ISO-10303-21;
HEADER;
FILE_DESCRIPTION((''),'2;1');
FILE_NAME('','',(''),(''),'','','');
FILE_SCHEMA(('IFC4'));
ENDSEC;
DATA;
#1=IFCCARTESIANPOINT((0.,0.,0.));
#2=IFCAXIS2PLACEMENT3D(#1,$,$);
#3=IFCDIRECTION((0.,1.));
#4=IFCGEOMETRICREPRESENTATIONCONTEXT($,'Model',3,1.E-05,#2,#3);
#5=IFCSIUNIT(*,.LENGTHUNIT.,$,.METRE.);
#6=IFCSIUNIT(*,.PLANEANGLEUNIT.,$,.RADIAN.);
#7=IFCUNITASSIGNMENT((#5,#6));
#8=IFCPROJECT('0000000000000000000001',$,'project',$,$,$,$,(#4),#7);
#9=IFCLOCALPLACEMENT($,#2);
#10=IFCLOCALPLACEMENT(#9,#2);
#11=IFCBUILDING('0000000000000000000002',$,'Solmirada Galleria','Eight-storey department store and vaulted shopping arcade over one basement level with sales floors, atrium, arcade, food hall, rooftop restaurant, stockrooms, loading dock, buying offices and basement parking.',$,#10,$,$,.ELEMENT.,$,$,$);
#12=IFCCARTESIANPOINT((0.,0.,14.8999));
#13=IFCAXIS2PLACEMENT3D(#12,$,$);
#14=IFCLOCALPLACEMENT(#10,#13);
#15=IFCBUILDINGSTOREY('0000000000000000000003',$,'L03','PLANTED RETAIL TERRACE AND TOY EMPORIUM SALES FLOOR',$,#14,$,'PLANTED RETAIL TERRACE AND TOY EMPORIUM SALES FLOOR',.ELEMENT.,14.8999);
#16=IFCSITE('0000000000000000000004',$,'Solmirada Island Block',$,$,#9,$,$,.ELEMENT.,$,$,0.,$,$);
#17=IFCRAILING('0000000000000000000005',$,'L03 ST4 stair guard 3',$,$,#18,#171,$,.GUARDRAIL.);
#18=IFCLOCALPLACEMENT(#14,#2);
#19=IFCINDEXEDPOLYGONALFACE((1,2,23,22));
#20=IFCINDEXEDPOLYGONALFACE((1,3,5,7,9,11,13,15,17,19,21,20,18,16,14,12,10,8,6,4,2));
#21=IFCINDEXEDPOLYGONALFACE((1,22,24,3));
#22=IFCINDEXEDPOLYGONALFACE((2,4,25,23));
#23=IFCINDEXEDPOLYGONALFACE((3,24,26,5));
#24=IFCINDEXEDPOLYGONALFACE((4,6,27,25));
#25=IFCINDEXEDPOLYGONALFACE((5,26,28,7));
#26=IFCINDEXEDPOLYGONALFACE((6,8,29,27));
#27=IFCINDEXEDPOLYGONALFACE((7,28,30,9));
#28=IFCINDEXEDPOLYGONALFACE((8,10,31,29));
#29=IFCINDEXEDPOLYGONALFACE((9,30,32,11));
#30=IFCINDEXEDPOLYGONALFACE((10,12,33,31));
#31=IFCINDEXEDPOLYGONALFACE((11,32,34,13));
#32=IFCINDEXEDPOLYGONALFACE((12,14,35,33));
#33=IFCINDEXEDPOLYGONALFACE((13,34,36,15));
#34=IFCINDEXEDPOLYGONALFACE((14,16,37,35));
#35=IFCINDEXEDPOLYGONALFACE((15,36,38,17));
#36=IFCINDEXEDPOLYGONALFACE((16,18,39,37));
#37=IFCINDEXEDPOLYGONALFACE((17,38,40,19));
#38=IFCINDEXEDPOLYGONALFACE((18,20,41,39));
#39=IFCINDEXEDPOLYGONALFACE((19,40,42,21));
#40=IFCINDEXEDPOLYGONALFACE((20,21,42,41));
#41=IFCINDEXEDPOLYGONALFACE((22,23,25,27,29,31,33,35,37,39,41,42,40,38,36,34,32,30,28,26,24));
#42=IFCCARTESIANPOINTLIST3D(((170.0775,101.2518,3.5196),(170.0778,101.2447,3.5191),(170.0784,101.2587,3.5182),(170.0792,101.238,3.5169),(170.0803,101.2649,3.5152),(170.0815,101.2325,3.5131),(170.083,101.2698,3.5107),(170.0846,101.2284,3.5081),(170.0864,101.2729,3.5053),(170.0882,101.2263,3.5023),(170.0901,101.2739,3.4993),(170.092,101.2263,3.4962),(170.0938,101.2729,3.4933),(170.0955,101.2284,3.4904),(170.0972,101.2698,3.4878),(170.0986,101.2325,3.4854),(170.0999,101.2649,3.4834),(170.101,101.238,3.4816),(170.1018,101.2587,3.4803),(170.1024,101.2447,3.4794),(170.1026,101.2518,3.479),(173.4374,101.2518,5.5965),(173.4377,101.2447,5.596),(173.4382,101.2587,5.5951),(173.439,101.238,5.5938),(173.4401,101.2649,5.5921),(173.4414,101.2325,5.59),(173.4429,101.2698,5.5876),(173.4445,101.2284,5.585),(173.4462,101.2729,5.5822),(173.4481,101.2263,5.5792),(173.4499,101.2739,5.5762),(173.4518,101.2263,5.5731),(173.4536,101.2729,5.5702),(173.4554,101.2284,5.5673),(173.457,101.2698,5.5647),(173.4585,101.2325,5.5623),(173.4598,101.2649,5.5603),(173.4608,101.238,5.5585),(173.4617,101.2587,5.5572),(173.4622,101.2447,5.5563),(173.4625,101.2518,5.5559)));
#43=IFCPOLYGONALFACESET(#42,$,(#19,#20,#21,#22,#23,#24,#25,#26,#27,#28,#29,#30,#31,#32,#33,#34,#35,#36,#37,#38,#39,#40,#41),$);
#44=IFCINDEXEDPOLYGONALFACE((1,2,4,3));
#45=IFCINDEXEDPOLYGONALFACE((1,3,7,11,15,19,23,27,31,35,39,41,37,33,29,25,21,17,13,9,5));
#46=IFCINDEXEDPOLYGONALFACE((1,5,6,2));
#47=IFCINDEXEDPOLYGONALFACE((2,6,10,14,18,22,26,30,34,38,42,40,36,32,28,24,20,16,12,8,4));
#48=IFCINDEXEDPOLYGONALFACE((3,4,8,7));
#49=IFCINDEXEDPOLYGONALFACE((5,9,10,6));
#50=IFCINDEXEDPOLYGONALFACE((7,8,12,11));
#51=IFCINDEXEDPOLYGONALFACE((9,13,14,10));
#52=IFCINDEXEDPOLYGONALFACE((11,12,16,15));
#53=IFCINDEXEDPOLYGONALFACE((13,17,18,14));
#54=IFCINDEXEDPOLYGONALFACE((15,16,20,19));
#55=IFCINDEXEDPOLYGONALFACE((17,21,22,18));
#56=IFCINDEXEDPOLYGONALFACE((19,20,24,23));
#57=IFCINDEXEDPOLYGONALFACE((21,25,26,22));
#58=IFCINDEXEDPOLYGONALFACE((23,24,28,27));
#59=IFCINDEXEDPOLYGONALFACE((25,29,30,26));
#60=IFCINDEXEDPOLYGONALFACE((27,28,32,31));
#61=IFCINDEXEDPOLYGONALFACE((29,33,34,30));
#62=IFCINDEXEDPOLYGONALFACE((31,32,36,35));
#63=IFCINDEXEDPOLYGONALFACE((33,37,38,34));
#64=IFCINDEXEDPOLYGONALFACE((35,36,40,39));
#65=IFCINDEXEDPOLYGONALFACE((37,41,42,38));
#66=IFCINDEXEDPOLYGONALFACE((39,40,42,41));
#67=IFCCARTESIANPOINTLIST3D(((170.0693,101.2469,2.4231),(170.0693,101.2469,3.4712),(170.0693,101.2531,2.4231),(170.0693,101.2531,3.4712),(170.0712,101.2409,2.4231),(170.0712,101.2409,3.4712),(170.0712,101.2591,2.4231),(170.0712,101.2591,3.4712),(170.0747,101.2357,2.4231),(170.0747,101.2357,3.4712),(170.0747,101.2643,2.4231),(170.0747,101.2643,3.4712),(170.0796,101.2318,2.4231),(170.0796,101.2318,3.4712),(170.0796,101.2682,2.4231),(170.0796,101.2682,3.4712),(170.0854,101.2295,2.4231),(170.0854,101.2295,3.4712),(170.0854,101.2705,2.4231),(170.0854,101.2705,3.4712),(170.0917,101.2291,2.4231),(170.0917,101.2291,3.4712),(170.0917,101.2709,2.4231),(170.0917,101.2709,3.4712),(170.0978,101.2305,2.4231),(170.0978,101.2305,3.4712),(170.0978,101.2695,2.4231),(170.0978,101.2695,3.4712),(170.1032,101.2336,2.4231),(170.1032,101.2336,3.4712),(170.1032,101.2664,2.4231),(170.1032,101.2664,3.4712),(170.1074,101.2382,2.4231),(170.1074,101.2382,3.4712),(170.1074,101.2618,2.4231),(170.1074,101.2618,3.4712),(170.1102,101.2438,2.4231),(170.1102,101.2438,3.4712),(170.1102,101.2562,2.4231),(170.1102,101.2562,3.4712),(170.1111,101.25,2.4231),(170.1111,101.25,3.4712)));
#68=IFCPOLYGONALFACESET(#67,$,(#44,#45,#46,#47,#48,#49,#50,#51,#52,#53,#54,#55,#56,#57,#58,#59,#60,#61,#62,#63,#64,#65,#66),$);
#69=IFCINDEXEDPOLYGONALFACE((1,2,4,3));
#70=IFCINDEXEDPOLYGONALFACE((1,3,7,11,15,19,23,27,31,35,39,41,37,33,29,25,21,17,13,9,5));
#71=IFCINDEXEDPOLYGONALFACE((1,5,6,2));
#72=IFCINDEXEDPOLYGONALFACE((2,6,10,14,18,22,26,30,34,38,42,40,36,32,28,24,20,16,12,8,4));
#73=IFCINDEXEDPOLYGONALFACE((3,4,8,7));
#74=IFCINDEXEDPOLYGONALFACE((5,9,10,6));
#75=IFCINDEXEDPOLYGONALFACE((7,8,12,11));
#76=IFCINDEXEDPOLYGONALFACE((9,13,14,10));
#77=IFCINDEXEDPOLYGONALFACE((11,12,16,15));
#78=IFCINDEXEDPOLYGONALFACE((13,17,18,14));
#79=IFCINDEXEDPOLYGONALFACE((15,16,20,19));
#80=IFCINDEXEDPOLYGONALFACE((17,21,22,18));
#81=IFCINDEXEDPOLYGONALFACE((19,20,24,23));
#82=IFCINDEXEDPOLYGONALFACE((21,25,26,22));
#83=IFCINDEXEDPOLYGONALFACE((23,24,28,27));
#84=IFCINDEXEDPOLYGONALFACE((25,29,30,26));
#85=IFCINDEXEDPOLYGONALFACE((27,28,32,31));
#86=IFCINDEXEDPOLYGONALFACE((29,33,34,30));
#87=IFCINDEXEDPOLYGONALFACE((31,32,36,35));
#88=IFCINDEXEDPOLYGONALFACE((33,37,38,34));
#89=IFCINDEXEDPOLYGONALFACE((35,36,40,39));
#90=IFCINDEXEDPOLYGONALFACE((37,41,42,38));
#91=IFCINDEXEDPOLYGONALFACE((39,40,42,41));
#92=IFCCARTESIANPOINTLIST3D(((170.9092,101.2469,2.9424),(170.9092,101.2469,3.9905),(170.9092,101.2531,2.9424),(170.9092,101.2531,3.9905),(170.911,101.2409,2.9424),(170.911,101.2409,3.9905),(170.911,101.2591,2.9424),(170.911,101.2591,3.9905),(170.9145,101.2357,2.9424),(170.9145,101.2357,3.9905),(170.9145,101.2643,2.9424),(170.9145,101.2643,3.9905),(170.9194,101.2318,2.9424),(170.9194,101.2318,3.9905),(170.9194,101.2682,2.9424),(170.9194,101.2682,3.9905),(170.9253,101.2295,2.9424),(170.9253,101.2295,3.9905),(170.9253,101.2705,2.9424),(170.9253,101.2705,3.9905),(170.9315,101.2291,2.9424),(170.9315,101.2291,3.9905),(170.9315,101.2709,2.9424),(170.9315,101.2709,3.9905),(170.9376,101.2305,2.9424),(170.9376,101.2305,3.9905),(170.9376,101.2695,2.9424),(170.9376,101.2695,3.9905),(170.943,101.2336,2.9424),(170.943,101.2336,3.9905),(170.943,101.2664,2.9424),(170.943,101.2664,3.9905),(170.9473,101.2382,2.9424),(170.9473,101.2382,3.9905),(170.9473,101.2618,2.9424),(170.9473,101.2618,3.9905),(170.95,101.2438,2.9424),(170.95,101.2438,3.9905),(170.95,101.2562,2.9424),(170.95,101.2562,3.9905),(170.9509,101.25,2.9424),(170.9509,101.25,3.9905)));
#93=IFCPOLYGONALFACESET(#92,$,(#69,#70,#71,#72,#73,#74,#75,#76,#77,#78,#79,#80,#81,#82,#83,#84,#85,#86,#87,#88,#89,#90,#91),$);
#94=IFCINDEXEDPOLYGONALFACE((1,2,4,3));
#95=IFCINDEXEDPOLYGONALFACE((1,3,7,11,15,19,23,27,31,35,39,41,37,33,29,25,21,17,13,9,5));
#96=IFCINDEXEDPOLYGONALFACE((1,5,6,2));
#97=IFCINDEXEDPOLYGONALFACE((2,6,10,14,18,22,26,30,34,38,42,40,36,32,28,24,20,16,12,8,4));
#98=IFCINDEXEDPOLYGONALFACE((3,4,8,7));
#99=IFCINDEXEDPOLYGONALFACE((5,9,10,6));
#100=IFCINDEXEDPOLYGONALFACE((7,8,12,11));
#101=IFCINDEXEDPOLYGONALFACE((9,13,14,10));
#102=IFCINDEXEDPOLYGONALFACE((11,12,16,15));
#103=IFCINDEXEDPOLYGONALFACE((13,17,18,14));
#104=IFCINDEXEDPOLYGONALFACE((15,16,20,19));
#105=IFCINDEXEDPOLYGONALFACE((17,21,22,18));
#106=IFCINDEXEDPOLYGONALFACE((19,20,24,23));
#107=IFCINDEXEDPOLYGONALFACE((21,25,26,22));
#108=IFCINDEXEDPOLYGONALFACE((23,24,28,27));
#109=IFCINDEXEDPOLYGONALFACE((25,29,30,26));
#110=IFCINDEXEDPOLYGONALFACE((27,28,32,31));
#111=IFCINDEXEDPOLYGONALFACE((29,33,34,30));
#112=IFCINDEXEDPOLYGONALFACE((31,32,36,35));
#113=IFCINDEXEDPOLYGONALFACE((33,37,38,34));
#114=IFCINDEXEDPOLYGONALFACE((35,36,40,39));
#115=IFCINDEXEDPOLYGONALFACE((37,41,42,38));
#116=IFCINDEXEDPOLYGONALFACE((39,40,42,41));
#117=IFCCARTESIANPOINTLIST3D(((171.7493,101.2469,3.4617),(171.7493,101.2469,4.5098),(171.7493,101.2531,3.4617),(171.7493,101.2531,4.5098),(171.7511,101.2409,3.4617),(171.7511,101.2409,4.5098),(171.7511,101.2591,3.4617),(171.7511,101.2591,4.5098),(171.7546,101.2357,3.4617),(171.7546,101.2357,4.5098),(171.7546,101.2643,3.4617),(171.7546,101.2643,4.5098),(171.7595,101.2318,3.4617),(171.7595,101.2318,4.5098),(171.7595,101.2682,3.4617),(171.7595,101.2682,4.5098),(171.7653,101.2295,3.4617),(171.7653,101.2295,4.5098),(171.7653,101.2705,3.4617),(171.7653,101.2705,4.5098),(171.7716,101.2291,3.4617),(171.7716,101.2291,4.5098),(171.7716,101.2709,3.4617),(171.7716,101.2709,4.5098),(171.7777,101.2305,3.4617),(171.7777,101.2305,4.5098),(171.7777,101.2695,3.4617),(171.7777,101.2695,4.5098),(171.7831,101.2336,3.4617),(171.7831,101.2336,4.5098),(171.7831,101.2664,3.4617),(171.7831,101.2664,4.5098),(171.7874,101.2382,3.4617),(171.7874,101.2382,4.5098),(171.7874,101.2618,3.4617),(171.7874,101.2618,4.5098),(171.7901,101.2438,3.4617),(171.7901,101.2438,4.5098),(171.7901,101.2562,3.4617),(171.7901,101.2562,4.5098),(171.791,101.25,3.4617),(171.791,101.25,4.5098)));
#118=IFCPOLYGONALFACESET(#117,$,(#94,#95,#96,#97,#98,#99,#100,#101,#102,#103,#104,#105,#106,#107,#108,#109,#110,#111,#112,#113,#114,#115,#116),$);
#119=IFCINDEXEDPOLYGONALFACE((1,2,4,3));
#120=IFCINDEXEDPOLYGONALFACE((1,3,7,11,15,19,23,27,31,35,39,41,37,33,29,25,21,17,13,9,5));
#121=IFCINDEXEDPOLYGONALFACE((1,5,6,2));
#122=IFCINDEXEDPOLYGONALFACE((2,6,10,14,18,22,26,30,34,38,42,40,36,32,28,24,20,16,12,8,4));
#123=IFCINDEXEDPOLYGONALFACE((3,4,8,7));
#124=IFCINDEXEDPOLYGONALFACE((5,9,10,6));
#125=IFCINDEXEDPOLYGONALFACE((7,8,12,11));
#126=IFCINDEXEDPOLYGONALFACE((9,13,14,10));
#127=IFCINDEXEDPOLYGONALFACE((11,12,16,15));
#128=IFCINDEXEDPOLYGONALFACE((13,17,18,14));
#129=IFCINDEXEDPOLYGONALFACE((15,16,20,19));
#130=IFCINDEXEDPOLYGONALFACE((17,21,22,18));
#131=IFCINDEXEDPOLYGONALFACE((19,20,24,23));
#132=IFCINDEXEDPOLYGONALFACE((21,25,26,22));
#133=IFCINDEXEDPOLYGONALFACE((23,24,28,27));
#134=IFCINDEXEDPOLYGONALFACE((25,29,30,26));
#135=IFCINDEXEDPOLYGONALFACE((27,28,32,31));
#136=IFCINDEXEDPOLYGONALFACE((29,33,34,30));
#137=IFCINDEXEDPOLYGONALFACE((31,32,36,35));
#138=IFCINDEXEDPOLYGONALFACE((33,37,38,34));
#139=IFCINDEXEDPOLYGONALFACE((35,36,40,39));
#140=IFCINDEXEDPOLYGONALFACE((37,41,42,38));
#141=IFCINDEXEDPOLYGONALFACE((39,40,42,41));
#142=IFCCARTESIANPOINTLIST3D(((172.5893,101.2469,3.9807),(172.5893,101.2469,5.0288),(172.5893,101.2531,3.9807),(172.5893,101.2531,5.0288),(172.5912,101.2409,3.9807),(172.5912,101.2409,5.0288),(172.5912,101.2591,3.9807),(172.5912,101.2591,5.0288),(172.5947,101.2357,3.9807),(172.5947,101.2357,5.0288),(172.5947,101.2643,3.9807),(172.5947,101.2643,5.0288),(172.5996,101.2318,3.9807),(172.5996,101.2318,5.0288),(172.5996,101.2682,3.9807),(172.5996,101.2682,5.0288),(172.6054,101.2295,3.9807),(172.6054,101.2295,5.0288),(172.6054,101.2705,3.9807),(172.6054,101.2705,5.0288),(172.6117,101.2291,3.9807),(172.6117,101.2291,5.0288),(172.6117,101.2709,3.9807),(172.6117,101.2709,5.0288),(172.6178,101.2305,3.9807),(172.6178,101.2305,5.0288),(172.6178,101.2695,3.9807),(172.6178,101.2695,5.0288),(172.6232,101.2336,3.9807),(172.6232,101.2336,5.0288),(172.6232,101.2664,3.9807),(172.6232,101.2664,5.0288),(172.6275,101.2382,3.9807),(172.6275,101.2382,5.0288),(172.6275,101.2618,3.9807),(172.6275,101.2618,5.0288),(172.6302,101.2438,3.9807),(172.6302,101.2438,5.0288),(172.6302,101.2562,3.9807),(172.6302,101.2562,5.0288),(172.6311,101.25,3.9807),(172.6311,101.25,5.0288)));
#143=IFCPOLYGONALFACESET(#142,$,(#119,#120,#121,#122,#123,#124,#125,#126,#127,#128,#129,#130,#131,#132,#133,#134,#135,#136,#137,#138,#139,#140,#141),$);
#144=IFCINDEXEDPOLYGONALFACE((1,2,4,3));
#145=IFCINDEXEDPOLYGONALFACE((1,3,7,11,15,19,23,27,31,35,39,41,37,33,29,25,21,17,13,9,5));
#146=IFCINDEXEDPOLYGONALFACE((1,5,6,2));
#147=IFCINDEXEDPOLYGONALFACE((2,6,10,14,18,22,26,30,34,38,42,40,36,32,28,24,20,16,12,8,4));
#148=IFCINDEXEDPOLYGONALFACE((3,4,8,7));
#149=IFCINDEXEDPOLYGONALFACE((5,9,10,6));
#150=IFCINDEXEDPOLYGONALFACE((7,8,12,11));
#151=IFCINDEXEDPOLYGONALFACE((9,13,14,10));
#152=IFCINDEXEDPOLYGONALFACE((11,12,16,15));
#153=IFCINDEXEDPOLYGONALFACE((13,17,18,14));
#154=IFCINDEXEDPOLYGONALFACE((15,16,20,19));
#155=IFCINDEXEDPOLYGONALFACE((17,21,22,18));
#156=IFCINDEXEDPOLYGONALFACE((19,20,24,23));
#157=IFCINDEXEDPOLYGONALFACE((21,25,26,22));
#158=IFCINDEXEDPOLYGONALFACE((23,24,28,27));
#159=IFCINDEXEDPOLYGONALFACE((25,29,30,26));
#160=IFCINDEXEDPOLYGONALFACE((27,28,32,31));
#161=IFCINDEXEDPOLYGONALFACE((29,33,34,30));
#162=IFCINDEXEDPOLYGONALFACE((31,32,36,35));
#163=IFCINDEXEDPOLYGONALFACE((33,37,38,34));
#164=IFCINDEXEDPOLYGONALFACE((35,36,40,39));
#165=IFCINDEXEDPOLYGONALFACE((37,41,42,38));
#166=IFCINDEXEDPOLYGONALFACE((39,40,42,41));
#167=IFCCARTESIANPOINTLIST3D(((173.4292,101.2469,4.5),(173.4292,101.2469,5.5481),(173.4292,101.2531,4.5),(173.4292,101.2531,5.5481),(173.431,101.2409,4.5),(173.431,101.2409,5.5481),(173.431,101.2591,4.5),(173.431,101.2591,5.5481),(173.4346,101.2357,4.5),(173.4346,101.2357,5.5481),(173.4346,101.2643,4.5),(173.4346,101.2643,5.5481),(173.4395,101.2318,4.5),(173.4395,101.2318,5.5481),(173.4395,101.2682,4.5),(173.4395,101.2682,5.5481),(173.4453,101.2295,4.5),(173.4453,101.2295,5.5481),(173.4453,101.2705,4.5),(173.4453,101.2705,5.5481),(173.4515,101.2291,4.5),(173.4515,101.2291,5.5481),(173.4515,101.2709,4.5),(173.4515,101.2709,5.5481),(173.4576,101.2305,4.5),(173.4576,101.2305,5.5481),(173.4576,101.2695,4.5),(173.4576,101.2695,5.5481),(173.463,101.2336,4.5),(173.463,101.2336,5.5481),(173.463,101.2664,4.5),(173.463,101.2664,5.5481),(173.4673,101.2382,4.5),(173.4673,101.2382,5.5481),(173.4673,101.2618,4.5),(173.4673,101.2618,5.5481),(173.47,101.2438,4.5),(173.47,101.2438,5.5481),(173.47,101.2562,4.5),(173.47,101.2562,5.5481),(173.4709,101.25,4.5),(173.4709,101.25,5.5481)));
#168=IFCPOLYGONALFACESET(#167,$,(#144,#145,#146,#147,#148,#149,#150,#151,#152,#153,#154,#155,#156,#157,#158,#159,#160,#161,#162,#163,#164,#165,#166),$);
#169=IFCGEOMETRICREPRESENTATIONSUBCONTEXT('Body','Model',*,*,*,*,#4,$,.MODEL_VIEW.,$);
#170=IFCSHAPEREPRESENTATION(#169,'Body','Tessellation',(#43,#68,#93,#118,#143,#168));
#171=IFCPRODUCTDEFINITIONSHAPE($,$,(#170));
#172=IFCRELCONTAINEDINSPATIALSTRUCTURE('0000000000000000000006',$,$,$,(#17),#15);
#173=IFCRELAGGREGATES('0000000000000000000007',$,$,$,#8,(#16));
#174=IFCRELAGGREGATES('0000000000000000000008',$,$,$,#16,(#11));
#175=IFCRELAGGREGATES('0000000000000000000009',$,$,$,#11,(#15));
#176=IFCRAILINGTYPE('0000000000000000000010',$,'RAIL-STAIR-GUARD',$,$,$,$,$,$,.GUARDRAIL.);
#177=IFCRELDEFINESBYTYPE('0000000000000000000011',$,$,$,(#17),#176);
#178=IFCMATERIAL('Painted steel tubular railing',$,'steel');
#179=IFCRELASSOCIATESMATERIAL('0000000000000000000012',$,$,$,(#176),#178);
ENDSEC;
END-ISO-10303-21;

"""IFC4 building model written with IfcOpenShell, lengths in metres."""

from ifc_helpers import new_model, si_unit, direction, frame, origin, origin_2d, place, context, subcontext, project, spatial, circle, extrude, material, type_object, element, save


model = new_model("IFC4")

# Units and contexts
model_context = context("Model", 3, precision=1e-05, world=origin(), true_north=direction((0.0, 1.0)))
body_context = subcontext(model_context, "Body", "Model", "MODEL_VIEW")
ifc_project = project(units=[si_unit("LENGTHUNIT", "METRE"), si_unit("PLANEANGLEUNIT", "RADIAN")], contexts=[model_context])

# Site, building, storey
site_placement = place(None, origin())
site = spatial("IfcSite", under=ifc_project, at=site_placement, Name="Solmirada Island Block", CompositionType="ELEMENT", RefElevation=0.0)
building_placement = place(site_placement, origin())
building = spatial("IfcBuilding", under=site, at=building_placement, Name="Solmirada Galleria", Description="Eight-storey department store and vaulted shopping arcade over one basement level with sales floors, atrium, arcade, food hall, rooftop restaurant, stockrooms, loading dock, buying offices and basement parking.", CompositionType="ELEMENT")
storey_placement = place(building_placement, frame((0.0, 0.0, 14.8999)))
storey = spatial("IfcBuildingStorey", under=building, at=storey_placement, Name="L03", Description="PLANTED RETAIL TERRACE AND TOY EMPORIUM SALES FLOOR", LongName="PLANTED RETAIL TERRACE AND TOY EMPORIUM SALES FLOOR", CompositionType="ELEMENT", Elevation=14.8999)

# Railing
ifc_material_1 = material(Name="Painted steel tubular railing", Category="steel")
railing_type_1 = type_object("IfcRailingType", Name="RAIL-STAIR-GUARD", PredefinedType="GUARDRAIL", material=ifc_material_1)
railing_1_placement = place(storey_placement, frame((170.0901, 101.25, 2.4231)))
element("IfcRailing", 1, at=railing_1_placement, inside=storey, type_object=railing_type_1, Name="L03 ST4 stair guard 3", PredefinedType="GUARDRAIL", context=body_context, shape_type="SweptSolid", body=[
    extrude(circle(Radius=0.0239, at=origin_2d()), frame((0.0, 0.0, 1.0762), z_axis=(0.850606, 0.0, 0.525803), x_axis=(0.0, 1.0, 0.0)), (0.0, 0.0, 1.0), 3.95),
    extrude(circle(Radius=0.021, at=origin_2d()), origin(), (0.0, 0.0, 1.0), 1.0481),
    extrude(circle(Radius=0.021, at=origin_2d()), frame((0.8398, 0.0, 0.5193)), (0.0, 0.0, 1.0), 1.0481),
    extrude(circle(Radius=0.021, at=origin_2d()), frame((1.6799, 0.0, 1.0386)), (0.0, 0.0, 1.0), 1.0481),
    extrude(circle(Radius=0.021, at=origin_2d()), frame((2.52, 0.0, 1.5576)), (0.0, 0.0, 1.0), 1.0481),
    extrude(circle(Radius=0.021, at=origin_2d()), frame((3.3599, 0.0, 2.0769)), (0.0, 0.0, 1.0), 1.0481),
])

save(model, "model.ifc")
